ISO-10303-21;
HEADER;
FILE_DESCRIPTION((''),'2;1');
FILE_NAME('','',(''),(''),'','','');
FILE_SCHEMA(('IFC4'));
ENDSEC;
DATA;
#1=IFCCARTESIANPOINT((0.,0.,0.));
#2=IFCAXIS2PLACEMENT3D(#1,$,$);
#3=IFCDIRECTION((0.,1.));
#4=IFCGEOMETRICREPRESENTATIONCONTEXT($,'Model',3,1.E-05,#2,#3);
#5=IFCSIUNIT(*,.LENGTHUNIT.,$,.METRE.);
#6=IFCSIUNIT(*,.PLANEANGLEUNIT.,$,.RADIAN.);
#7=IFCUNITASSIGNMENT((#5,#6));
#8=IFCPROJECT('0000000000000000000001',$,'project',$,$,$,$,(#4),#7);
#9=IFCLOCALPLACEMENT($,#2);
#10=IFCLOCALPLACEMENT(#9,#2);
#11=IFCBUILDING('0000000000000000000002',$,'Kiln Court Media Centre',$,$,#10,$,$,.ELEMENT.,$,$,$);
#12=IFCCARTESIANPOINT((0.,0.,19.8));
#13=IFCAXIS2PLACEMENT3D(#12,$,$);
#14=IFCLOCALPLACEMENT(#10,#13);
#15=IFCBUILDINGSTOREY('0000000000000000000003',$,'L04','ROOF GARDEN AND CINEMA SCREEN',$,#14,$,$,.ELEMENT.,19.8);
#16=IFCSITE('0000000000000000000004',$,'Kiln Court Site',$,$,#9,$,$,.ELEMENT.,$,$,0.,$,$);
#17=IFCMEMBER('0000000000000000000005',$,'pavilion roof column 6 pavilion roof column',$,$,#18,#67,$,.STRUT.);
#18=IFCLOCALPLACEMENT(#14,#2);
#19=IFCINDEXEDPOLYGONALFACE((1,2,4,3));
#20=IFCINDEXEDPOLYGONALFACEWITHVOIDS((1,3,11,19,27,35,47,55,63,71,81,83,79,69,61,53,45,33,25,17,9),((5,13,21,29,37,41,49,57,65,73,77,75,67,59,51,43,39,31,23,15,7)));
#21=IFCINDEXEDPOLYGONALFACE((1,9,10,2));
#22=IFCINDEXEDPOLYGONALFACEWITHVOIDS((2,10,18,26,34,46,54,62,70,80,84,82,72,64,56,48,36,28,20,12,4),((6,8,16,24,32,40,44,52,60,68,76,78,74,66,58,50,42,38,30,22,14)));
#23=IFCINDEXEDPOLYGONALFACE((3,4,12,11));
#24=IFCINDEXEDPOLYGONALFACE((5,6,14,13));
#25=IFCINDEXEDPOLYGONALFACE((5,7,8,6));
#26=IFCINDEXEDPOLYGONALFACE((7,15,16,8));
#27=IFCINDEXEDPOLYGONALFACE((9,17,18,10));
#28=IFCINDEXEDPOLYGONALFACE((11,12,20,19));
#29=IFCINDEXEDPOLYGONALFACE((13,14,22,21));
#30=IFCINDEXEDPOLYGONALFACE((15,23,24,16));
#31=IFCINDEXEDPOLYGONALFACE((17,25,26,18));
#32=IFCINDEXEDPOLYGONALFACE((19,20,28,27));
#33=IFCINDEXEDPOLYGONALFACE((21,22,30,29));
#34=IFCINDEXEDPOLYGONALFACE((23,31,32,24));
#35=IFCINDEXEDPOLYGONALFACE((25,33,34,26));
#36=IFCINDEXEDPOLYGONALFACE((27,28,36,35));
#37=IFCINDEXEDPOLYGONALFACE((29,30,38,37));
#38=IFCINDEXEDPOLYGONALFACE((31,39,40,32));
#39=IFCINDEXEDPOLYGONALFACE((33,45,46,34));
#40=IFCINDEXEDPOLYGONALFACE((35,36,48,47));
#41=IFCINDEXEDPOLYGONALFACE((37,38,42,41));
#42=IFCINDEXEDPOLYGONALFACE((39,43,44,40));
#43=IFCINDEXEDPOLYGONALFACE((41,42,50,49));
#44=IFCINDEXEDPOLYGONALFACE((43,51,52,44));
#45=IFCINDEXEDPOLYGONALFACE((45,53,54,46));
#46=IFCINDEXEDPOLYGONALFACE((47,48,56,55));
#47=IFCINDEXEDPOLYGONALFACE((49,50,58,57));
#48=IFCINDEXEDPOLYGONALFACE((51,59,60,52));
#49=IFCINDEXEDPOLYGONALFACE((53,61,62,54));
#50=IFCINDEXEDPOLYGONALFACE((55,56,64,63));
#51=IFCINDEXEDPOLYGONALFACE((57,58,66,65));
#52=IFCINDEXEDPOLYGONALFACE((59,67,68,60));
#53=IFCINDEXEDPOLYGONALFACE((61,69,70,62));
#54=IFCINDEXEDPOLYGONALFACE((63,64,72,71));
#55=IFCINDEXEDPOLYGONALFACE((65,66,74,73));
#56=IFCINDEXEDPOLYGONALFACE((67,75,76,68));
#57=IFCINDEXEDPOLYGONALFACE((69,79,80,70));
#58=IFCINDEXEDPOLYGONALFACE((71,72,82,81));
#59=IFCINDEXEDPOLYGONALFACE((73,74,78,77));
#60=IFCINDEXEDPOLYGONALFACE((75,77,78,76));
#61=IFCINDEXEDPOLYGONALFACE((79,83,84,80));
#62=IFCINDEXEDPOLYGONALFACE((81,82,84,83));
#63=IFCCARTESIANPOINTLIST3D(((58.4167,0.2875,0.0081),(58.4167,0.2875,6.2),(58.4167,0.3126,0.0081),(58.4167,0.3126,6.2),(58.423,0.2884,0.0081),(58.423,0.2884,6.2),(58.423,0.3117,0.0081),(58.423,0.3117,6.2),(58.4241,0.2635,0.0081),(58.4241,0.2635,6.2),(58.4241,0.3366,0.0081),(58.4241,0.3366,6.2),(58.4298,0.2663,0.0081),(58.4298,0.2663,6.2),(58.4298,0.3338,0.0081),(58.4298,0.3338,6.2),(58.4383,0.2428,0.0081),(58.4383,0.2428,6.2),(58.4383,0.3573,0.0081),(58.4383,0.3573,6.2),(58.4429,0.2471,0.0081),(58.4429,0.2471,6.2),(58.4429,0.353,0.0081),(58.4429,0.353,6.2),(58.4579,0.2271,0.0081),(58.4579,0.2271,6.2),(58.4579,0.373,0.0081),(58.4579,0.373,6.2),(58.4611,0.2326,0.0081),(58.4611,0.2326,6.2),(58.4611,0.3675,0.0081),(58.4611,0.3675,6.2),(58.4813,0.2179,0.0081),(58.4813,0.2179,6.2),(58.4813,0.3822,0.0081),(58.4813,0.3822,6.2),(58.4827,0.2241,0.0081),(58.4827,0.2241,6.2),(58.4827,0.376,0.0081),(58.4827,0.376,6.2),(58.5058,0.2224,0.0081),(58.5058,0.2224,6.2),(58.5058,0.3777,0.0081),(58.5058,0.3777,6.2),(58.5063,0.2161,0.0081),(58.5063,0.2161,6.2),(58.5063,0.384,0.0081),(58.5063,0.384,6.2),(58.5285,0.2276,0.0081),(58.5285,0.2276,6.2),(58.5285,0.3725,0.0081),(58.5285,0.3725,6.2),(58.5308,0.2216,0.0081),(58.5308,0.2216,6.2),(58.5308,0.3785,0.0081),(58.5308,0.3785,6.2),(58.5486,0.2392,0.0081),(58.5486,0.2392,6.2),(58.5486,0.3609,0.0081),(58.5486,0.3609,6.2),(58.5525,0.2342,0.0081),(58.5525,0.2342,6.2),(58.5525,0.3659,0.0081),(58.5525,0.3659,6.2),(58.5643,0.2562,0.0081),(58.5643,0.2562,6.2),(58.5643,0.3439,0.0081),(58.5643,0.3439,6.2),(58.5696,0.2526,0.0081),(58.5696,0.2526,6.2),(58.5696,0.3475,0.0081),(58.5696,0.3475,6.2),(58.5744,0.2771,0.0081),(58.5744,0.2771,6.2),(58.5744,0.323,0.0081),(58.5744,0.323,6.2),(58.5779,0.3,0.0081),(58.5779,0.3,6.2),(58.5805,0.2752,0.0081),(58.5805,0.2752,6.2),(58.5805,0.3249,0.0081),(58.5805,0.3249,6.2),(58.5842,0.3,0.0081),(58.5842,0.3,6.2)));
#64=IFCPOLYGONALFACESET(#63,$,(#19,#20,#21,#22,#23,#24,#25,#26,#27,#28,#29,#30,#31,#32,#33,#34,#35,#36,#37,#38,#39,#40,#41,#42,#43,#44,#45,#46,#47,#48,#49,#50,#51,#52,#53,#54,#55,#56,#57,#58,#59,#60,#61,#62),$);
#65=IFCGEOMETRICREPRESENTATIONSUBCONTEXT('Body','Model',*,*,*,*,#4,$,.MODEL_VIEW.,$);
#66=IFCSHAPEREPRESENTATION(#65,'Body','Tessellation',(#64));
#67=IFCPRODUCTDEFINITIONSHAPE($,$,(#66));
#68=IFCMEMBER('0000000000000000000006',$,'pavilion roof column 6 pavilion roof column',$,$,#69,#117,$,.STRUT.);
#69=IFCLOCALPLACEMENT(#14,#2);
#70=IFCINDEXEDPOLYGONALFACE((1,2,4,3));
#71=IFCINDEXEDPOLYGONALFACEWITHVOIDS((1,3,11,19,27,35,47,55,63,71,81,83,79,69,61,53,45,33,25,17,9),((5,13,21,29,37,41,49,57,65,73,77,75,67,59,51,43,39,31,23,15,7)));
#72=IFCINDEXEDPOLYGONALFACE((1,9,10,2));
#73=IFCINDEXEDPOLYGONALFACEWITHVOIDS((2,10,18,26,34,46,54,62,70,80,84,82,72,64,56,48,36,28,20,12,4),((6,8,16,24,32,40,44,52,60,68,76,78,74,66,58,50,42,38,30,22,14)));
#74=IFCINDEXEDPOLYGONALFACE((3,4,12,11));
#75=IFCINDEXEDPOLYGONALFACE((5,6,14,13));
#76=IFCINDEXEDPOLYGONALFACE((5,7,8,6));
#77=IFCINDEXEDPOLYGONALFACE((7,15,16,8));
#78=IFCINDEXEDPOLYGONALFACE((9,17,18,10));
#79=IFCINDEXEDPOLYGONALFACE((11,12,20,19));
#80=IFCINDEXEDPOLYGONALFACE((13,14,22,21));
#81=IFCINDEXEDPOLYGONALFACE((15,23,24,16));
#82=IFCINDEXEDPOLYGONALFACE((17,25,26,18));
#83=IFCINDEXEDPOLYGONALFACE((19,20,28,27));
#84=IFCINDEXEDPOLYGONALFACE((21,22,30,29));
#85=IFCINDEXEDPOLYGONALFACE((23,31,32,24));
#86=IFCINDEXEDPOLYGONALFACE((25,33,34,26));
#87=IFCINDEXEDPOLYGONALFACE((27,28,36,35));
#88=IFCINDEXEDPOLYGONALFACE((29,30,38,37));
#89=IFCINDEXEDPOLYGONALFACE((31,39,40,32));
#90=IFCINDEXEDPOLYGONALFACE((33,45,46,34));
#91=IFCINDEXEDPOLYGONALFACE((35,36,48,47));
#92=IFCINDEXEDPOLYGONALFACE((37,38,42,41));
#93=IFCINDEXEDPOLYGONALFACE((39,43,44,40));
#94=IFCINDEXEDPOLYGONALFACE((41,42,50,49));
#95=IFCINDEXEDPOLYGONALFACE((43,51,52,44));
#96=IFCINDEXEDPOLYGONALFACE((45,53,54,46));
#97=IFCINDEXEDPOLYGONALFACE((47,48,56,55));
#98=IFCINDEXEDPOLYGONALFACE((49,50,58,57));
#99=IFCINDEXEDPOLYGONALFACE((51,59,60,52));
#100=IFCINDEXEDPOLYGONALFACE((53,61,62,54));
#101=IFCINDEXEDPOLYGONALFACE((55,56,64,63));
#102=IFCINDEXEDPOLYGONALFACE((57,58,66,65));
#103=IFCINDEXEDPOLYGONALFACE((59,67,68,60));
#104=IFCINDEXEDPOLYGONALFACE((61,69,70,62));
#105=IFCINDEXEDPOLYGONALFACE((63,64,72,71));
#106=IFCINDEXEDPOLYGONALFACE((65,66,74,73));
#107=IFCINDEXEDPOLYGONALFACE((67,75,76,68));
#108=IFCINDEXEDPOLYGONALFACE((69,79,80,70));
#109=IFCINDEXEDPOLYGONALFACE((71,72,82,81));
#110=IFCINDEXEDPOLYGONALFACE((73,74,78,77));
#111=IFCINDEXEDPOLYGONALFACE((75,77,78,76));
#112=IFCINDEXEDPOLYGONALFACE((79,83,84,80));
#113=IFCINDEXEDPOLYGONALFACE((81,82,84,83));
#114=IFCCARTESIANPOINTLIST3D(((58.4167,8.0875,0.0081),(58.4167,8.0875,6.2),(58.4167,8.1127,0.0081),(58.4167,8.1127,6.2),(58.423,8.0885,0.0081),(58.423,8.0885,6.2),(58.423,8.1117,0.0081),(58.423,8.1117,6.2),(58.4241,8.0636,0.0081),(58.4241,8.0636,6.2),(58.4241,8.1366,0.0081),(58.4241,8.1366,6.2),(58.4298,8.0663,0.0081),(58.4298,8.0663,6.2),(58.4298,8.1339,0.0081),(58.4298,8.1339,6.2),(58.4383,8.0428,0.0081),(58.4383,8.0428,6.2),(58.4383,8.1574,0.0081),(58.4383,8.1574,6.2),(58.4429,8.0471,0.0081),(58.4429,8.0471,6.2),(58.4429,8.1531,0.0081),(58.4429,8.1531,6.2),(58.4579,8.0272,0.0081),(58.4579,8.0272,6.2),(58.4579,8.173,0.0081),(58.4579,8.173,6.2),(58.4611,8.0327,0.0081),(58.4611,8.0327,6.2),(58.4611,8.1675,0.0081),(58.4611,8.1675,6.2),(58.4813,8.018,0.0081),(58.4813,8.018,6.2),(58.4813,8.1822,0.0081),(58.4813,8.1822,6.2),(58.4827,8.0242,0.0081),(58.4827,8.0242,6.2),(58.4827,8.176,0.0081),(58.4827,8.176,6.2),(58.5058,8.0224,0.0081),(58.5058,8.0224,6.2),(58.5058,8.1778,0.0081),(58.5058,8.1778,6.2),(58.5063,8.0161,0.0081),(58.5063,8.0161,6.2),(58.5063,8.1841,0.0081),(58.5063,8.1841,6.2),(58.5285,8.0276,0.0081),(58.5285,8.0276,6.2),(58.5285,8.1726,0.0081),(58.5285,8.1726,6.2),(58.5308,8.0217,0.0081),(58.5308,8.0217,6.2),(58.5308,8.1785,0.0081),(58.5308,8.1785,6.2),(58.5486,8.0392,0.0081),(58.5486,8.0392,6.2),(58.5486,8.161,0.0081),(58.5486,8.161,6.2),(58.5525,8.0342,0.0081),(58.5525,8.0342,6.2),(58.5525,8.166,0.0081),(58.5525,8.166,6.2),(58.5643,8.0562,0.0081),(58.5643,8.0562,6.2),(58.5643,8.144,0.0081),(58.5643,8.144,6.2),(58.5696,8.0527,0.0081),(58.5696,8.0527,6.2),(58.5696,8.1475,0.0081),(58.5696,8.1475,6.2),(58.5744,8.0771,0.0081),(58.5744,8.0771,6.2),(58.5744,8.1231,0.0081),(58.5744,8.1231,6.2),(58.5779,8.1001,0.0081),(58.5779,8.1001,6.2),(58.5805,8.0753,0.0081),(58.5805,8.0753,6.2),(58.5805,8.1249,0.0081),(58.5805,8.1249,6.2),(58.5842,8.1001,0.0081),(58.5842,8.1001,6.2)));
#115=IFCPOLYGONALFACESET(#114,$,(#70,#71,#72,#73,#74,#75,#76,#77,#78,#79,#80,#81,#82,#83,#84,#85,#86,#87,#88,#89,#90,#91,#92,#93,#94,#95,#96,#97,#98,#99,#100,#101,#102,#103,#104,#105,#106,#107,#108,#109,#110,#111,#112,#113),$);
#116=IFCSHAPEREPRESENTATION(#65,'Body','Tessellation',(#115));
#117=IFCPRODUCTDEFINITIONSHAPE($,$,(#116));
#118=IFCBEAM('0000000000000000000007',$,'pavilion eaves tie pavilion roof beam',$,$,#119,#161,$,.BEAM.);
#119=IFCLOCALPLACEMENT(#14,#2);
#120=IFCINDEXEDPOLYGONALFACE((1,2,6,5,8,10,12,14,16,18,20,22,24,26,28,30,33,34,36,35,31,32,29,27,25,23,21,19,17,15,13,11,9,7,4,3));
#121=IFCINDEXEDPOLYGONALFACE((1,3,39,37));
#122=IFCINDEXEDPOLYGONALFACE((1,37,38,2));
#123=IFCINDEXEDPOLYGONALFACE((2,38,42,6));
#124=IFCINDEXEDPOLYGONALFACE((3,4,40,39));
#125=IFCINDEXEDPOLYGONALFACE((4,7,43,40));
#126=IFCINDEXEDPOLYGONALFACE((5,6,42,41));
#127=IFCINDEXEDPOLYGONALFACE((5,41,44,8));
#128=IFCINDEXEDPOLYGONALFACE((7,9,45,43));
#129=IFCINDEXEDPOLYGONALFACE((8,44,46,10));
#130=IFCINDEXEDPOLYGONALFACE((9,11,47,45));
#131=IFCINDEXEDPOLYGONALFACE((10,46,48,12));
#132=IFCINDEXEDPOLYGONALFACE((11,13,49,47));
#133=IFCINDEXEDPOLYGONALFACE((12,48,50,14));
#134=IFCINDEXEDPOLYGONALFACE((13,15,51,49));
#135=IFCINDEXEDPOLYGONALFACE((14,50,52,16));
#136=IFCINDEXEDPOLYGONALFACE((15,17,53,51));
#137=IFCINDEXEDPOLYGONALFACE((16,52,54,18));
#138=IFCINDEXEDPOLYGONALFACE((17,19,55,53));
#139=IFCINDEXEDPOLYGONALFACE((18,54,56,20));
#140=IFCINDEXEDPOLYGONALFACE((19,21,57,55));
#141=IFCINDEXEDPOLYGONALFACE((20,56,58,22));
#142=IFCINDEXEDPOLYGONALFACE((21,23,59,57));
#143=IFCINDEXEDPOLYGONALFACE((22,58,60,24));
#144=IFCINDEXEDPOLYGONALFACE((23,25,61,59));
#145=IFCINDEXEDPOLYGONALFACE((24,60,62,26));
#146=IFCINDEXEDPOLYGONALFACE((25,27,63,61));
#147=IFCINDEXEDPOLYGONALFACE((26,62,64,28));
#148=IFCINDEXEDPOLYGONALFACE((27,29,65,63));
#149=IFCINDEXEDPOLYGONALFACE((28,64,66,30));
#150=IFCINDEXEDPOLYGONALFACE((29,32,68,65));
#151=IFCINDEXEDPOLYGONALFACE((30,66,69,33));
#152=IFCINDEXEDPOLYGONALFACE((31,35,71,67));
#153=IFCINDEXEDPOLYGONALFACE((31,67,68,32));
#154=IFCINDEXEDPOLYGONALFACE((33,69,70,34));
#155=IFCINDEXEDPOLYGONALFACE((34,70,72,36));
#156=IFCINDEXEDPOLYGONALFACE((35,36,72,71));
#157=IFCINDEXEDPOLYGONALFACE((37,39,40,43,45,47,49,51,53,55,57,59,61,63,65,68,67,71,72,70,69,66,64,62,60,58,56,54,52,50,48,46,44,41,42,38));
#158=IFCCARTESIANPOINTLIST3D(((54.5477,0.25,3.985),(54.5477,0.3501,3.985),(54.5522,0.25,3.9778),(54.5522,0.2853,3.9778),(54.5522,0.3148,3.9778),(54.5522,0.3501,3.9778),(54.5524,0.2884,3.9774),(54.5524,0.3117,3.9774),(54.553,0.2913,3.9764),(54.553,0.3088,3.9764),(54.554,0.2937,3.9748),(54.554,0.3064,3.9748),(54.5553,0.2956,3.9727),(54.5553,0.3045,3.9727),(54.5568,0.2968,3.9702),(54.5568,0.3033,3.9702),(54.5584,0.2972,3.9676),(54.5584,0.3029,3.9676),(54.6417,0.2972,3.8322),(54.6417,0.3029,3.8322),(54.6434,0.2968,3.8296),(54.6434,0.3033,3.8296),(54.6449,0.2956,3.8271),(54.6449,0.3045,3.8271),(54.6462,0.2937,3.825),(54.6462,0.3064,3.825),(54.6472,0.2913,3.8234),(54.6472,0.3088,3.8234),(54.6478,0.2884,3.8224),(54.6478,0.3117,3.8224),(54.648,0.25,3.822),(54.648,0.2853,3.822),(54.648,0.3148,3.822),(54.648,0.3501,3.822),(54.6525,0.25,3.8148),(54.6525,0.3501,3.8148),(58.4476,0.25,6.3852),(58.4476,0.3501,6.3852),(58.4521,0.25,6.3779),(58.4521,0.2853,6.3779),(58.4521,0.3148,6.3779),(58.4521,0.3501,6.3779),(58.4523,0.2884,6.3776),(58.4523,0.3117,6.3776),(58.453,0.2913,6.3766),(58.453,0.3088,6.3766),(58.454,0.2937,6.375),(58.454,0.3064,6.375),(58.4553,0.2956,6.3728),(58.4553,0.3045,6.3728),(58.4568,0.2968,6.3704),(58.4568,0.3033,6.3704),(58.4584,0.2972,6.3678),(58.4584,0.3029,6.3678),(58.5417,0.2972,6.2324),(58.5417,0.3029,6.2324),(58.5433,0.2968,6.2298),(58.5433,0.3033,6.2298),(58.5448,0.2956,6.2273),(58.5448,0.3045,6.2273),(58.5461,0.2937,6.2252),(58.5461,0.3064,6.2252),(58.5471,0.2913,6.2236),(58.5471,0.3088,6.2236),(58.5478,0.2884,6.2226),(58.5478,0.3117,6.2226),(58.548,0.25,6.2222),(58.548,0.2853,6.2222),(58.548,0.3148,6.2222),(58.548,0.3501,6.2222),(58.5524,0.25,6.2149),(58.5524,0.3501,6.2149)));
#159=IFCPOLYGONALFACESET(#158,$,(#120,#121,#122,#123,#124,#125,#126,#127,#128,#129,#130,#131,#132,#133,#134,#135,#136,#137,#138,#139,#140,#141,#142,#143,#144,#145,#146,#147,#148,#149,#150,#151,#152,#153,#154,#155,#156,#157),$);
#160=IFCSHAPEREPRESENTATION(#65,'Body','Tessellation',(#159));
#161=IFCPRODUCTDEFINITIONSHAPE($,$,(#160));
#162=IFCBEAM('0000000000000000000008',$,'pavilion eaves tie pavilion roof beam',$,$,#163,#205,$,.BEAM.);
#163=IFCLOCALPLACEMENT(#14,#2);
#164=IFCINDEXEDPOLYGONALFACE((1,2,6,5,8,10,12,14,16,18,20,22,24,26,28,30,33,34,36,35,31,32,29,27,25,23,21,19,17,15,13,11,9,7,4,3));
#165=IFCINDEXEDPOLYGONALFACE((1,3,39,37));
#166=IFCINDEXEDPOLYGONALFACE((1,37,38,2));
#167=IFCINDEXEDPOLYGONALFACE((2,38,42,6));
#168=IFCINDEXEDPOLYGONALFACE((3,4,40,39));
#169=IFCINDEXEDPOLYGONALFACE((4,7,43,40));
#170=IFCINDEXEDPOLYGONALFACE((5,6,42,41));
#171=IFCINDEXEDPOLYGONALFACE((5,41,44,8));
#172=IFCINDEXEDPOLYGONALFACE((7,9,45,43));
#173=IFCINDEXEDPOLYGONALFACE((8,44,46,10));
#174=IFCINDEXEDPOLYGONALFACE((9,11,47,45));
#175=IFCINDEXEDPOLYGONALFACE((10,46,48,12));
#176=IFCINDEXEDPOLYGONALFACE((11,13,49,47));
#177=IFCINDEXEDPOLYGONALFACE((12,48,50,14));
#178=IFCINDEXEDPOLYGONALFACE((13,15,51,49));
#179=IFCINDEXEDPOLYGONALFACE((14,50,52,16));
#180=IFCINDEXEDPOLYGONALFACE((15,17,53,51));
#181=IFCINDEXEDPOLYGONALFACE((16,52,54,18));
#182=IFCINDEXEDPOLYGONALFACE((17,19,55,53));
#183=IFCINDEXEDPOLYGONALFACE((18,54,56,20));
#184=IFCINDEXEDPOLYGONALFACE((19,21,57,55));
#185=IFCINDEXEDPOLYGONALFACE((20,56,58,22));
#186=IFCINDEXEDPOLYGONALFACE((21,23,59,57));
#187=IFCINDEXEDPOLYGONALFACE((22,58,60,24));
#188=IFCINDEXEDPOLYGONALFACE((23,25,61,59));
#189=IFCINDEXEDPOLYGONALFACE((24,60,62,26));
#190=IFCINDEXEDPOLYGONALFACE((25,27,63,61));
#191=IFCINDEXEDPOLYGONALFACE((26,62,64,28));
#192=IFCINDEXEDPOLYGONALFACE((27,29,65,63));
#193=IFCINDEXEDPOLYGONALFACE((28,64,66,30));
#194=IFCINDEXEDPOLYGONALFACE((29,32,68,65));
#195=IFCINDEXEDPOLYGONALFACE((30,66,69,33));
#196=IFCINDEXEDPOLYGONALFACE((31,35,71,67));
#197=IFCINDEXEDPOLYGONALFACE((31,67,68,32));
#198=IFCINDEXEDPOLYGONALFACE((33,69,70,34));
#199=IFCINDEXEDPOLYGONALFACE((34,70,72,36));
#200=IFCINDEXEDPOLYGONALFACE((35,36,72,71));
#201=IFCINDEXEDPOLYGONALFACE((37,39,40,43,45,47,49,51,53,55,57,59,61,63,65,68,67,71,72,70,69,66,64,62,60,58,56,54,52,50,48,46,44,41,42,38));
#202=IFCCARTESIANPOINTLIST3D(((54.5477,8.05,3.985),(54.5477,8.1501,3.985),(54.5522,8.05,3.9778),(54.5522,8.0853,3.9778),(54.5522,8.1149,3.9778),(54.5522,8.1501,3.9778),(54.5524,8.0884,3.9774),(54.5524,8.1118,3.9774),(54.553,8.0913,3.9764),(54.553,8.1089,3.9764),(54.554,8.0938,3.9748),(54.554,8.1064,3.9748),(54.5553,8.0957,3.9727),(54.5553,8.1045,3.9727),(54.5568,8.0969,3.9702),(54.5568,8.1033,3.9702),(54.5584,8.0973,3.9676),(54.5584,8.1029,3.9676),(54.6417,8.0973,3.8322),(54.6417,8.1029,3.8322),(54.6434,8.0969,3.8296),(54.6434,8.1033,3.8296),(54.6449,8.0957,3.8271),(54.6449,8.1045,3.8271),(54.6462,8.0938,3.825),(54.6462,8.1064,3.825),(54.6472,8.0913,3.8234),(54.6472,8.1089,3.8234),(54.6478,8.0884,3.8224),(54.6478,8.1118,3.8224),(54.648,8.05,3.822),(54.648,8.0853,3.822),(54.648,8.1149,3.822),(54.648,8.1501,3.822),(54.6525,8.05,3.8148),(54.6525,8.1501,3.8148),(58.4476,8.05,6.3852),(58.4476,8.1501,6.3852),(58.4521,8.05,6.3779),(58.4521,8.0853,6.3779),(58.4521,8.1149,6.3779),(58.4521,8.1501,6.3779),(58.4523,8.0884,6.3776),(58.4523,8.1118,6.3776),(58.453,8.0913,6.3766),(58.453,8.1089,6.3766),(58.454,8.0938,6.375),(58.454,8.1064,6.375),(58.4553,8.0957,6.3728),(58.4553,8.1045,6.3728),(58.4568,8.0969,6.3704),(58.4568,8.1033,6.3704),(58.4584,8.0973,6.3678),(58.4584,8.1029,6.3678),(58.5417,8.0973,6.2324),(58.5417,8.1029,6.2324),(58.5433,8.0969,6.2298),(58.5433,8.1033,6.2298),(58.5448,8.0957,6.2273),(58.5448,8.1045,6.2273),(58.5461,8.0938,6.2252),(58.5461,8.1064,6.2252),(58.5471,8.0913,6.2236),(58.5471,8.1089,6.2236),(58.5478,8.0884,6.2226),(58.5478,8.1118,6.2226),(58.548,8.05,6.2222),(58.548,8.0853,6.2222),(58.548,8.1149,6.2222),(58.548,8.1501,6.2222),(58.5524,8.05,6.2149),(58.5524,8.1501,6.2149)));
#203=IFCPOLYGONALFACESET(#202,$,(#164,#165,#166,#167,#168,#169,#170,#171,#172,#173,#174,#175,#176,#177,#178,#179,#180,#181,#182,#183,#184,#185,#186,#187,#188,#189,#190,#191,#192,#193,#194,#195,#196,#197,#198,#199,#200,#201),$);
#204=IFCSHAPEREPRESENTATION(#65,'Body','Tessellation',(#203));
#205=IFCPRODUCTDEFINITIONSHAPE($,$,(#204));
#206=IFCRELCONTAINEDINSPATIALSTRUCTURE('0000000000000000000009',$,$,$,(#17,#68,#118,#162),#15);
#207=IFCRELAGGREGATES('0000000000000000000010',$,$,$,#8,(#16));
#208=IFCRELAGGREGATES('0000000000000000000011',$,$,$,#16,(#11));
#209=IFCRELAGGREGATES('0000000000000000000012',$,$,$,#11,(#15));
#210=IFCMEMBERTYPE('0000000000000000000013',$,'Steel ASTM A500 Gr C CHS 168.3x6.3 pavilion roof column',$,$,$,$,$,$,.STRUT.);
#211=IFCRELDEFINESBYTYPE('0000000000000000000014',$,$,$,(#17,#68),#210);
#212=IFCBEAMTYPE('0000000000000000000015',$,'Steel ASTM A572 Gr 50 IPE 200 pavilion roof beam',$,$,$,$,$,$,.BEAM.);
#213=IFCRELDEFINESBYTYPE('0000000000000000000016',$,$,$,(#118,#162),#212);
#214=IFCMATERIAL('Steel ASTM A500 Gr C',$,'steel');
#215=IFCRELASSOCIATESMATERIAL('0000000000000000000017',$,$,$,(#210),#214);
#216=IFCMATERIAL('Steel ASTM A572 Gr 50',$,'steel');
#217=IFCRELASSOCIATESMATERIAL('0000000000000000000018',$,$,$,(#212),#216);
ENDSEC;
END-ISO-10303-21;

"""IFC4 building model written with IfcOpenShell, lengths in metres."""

from ifc_helpers import new_model, si_unit, direction, frame, origin, origin_2d, place, context, subcontext, project, spatial, hollow_circle, i_section, extrude, material, material_profile, profile_set, type_object, element, save


model = new_model("IFC4")

# Units and contexts
model_context = context("Model", 3, precision=1e-05, world=origin(), true_north=direction((0.0, 1.0)))
body_context = subcontext(model_context, "Body", "Model", "MODEL_VIEW")
ifc_project = project(units=[si_unit("LENGTHUNIT", "METRE"), si_unit("PLANEANGLEUNIT", "RADIAN")], contexts=[model_context])

# Site, building, storey
site_placement = place(None, origin())
site = spatial("IfcSite", under=ifc_project, at=site_placement, Name="Kiln Court Site", CompositionType="ELEMENT", RefElevation=0.0)
building_placement = place(site_placement, origin())
building = spatial("IfcBuilding", under=site, at=building_placement, Name="Kiln Court Media Centre", CompositionType="ELEMENT")
storey_placement = place(building_placement, frame((0.0, 0.0, 19.8)))
storey = spatial("IfcBuildingStorey", under=building, at=storey_placement, Name="L04", Description="ROOF GARDEN AND CINEMA SCREEN", CompositionType="ELEMENT", Elevation=19.8)

# Members
ifc_material_1 = material(Name="Steel ASTM A500 Gr C", Category="steel")
ifc_material_profile_1 = material_profile(ifc_material_1, hollow_circle(Radius=0.0842, WallThickness=0.0063, at=origin_2d()), Name="CHS 168.3x6.3")
ifc_profile_set_1 = profile_set([ifc_material_profile_1], Name="Steel ASTM A500 Gr C")
member_type = type_object("IfcMemberType", Name="Steel ASTM A500 Gr C CHS 168.3x6.3 pavilion roof column", PredefinedType="STRUT", material=ifc_profile_set_1)
for number, where, z_axis, x_axis, name in (
    (1, (58.5, 0.3, 0.0081), (0.0, 0.0, 1.0), (1.0, 0.0, 0.0), "pavilion roof column 6 pavilion roof column"),
    (2, (58.5, 8.1001, 0.0081), (0.0, 0.0, 1.0), (1.0, 0.0, 0.0), "pavilion roof column 6 pavilion roof column"),
):
    element("IfcMember", number, at=place(storey_placement, frame(where, z_axis=z_axis, x_axis=x_axis)), inside=storey, type_object=member_type, Name=name, PredefinedType="STRUT", context=body_context, shape_type="SweptSolid", body=[
        extrude(hollow_circle(Radius=0.0842, WallThickness=0.0063, at=origin_2d()), origin(), (0.0, 0.0, 1.0), 6.1919),
    ])

# Beams
ifc_material_2 = material(Name="Steel ASTM A572 Gr 50", Category="steel")
ifc_material_profile_2 = material_profile(ifc_material_2, i_section(OverallWidth=0.1001, OverallDepth=0.2, WebThickness=0.0056, FlangeThickness=0.0085, FilletRadius=0.012, at=origin_2d()), Name="IPE 200")
ifc_profile_set_2 = profile_set([ifc_material_profile_2], Name="Steel ASTM A572 Gr 50")
beam_type_1 = type_object("IfcBeamType", Name="Steel ASTM A572 Gr 50 IPE 200 pavilion roof beam", PredefinedType="BEAM", material=ifc_profile_set_2)
for number, where, z_axis, x_axis, name in (
    (3, (54.6001, 0.3, 3.8999), (0.851638, 0.0, 0.52413), (0.0, 1.0, 0.0), "pavilion eaves tie pavilion roof beam"),
    (4, (54.6001, 8.1001, 3.8999), (0.851638, 0.0, 0.52413), (0.0, 1.0, 0.0), "pavilion eaves tie pavilion roof beam"),
):
    element("IfcBeam", number, at=place(storey_placement, frame(where, z_axis=z_axis, x_axis=x_axis)), inside=storey, type_object=beam_type_1, Name=name, PredefinedType="BEAM", context=body_context, shape_type="SweptSolid", body=[
        extrude(i_section(OverallWidth=0.1001, OverallDepth=0.2, WebThickness=0.0056, FlangeThickness=0.0085, FilletRadius=0.012, at=origin_2d()), origin(), (0.0, 0.0, 1.0), 4.5793),
    ])

save(model, "model.ifc")
